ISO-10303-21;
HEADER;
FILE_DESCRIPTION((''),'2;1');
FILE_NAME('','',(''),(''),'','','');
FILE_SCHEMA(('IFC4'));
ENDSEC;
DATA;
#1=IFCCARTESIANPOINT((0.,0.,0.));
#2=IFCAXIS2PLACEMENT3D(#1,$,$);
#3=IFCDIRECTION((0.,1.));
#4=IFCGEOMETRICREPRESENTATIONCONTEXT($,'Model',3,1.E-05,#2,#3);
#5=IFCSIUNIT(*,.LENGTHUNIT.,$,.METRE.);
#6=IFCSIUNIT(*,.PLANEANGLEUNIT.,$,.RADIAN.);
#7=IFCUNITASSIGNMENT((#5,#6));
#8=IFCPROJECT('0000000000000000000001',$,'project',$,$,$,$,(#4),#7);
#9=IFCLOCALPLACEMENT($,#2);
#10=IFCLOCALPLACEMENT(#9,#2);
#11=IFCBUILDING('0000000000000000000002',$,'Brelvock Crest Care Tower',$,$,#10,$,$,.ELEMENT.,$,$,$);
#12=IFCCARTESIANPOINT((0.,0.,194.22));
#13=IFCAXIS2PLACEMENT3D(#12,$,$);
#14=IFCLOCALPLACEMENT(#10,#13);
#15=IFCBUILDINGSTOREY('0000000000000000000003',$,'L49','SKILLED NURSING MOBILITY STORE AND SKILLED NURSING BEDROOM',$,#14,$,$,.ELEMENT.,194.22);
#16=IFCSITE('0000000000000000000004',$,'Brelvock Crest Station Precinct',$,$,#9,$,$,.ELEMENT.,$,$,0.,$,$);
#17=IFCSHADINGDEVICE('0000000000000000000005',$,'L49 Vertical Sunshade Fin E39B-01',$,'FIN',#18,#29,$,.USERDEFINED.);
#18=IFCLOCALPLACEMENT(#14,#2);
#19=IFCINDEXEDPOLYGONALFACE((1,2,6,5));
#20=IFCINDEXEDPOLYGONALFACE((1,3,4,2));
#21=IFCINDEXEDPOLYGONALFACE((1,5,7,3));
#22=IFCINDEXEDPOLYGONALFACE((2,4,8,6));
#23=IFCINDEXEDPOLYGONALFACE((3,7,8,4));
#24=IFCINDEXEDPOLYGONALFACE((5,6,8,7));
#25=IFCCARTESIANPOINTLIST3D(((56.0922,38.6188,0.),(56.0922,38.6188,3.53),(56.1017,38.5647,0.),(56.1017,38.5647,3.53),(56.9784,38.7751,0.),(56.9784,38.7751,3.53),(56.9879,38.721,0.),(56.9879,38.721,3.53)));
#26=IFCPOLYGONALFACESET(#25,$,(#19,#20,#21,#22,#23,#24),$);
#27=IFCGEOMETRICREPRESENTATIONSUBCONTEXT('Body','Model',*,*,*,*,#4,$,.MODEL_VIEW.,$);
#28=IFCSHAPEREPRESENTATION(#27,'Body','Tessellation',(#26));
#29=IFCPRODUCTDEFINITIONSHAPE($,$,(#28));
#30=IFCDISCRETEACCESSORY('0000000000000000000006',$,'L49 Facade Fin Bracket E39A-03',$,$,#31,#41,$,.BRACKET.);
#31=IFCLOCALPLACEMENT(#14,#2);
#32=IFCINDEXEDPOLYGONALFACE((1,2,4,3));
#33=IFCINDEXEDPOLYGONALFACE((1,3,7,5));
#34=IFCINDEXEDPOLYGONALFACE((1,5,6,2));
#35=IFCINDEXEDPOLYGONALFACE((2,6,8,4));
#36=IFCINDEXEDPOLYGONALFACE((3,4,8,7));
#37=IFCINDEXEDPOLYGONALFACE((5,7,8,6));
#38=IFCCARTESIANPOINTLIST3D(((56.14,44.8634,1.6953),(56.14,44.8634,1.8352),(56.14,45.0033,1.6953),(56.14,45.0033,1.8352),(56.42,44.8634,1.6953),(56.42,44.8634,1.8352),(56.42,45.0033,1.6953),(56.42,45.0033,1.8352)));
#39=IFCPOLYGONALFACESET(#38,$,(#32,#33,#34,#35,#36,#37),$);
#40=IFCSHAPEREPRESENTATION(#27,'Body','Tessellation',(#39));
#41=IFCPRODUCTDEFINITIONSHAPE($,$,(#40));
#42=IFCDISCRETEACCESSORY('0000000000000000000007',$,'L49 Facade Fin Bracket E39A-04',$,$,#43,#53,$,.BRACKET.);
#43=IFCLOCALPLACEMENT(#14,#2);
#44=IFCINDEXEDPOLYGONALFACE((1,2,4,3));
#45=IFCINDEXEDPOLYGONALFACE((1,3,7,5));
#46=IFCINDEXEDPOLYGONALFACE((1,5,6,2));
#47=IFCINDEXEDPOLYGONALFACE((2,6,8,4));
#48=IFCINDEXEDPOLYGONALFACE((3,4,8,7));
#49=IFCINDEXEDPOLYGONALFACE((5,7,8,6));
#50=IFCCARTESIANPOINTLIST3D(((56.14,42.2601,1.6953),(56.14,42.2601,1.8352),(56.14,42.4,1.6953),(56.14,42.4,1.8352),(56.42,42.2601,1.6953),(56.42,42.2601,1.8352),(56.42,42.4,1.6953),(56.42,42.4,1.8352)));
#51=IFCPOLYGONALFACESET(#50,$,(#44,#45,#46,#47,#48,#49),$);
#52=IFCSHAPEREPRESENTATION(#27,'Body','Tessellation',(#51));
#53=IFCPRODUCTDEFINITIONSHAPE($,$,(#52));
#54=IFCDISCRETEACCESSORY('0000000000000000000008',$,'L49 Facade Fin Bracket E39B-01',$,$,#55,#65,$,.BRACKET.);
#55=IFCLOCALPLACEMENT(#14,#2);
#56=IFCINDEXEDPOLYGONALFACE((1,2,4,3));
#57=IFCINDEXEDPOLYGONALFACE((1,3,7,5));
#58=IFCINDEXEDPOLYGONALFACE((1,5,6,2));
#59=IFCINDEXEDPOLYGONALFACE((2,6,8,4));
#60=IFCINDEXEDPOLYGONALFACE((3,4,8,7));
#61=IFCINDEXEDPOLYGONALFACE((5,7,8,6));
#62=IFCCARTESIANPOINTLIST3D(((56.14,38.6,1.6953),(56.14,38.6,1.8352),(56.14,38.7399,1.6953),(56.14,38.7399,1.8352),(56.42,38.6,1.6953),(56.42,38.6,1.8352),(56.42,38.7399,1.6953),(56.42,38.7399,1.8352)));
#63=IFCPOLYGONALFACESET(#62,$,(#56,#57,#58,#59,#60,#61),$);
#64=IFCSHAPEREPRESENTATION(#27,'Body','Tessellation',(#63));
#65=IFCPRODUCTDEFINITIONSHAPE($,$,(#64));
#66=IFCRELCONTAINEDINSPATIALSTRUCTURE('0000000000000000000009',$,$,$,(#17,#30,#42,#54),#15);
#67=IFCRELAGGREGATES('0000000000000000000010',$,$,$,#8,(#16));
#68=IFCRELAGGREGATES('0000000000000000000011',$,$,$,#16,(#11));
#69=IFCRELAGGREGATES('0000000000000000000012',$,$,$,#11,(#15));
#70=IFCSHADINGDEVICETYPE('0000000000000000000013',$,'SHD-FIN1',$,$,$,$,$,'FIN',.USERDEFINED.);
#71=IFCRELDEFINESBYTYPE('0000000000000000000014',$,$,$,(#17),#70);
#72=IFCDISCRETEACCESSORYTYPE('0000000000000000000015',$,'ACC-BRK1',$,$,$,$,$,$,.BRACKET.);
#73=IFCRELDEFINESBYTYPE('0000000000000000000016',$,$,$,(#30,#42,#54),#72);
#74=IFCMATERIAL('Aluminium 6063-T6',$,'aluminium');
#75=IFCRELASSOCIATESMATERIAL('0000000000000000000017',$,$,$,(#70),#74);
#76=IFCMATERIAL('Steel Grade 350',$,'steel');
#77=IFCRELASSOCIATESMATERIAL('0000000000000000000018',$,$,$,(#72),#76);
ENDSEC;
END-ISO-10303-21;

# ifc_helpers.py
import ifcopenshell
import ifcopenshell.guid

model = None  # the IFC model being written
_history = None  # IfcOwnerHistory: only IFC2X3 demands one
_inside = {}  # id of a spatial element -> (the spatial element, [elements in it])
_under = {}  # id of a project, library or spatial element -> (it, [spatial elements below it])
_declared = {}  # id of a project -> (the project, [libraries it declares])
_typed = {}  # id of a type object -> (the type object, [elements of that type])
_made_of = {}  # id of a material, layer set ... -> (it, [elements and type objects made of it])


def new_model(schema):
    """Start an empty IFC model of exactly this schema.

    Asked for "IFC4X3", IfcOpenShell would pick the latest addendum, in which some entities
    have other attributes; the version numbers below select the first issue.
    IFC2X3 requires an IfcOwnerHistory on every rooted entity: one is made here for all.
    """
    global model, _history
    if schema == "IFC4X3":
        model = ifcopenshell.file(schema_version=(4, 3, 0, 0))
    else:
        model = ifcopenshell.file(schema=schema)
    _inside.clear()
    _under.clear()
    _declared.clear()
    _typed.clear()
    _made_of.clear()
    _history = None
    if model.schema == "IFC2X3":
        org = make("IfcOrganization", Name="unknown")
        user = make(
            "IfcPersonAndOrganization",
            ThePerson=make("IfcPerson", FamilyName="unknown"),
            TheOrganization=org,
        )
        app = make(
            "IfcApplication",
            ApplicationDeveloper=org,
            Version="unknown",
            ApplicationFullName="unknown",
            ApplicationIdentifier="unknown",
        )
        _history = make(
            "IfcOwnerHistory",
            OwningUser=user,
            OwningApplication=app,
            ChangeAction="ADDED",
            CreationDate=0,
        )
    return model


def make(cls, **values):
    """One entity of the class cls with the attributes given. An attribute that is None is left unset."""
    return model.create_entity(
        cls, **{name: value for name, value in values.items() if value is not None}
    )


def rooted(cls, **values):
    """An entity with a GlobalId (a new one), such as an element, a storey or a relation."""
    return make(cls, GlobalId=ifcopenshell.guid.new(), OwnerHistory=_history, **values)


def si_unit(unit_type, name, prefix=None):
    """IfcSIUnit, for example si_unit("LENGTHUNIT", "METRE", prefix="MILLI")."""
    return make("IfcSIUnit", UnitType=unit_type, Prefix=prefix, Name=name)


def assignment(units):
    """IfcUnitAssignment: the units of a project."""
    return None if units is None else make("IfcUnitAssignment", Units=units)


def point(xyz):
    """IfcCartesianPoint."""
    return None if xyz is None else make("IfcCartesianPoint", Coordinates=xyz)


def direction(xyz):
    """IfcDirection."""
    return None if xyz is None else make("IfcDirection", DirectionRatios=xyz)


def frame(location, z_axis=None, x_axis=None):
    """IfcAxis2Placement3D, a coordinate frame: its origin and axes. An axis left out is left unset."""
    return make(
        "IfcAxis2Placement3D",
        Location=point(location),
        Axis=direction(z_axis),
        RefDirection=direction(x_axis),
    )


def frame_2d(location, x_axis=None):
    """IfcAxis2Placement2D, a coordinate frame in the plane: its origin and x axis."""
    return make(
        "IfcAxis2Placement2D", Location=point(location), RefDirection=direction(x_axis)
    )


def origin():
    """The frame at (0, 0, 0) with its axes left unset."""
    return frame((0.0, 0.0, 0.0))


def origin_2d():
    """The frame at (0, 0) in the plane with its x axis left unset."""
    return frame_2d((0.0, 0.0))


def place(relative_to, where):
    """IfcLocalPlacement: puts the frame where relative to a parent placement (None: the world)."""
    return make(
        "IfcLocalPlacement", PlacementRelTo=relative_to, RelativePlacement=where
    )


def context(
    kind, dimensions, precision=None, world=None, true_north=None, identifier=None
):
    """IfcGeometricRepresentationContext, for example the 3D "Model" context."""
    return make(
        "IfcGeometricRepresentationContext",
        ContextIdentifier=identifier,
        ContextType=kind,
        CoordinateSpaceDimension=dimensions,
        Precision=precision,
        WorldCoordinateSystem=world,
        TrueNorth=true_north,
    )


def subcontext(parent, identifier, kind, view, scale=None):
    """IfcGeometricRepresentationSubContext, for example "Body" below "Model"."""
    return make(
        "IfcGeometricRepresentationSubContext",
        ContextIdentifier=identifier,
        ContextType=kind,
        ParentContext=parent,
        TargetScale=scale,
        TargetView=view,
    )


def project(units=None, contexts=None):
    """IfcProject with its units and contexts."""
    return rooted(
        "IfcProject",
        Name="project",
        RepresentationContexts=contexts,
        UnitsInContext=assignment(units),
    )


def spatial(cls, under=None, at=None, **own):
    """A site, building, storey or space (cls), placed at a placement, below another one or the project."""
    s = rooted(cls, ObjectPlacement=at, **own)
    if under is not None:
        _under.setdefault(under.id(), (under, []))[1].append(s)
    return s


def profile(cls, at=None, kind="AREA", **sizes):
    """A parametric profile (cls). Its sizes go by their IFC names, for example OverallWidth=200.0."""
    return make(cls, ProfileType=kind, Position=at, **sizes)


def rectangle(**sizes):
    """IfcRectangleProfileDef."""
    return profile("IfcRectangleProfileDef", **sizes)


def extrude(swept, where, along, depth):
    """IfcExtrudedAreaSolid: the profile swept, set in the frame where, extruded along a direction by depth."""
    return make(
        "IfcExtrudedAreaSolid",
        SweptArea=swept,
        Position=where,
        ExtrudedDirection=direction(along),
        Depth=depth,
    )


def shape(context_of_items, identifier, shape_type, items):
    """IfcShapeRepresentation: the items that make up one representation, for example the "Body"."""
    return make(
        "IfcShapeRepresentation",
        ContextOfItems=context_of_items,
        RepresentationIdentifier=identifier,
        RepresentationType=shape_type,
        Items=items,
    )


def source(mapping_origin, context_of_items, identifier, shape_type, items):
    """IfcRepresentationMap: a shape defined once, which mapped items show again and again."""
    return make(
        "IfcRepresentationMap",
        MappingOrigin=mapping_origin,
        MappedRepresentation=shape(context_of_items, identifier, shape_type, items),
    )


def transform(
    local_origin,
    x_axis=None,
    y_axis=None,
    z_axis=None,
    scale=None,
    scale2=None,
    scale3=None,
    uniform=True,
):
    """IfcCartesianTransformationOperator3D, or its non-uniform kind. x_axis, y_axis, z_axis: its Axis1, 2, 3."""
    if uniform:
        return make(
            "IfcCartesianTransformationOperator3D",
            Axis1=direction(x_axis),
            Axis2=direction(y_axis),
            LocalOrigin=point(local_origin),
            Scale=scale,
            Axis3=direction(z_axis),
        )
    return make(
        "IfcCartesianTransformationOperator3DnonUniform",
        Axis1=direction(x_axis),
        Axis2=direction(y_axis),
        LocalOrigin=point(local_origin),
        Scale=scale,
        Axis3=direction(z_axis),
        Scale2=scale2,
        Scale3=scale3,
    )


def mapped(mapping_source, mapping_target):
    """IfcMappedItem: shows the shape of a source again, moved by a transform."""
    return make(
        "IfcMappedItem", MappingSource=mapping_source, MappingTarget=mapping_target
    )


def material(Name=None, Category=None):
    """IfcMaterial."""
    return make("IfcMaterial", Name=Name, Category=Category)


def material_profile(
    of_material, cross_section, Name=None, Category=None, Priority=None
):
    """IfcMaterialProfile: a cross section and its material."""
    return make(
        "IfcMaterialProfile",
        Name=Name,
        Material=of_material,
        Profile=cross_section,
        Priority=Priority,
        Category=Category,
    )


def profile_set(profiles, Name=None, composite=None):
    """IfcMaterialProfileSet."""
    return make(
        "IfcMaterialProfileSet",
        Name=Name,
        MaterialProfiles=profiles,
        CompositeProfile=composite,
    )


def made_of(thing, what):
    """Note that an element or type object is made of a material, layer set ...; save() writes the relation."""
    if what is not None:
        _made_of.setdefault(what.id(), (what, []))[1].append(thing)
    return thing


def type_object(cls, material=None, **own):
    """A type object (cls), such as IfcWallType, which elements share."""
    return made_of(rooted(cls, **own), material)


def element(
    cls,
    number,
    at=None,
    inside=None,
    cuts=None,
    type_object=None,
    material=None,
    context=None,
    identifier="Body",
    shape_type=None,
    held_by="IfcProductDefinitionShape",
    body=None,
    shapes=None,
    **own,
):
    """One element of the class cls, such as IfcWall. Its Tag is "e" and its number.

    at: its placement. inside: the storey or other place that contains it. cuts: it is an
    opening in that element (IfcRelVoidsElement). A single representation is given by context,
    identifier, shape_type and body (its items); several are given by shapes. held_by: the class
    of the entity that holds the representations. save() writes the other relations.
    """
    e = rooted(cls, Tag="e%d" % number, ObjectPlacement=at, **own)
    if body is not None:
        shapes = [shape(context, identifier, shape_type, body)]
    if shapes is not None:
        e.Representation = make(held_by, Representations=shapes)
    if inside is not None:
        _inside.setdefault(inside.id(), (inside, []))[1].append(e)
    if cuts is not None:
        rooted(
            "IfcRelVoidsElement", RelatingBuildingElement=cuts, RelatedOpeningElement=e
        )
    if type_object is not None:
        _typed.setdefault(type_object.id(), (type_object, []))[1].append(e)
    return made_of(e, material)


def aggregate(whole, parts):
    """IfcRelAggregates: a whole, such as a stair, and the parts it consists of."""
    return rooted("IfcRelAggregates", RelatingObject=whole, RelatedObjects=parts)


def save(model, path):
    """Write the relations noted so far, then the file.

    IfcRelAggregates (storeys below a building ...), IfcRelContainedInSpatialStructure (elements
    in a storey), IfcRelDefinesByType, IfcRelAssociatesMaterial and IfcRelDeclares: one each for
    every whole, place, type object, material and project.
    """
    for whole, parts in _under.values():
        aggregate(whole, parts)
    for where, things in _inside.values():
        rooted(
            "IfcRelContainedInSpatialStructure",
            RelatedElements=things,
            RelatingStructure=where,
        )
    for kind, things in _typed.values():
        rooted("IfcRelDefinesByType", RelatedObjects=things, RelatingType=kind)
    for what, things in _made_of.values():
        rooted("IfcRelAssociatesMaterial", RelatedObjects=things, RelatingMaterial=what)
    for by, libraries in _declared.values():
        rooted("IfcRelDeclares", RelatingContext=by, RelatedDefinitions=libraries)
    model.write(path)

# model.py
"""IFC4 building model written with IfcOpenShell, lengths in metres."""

from ifc_helpers import new_model, si_unit, direction, frame, origin, origin_2d, place, context, subcontext, project, spatial, rectangle, extrude, source, transform, mapped, material, material_profile, profile_set, type_object, element, save


model = new_model("IFC4")

# Units and contexts
model_context = context("Model", 3, precision=1e-05, world=origin(), true_north=direction((0.0, 1.0)))
body_context = subcontext(model_context, "Body", "Model", "MODEL_VIEW")
ifc_project = project(units=[si_unit("LENGTHUNIT", "METRE"), si_unit("PLANEANGLEUNIT", "RADIAN")], contexts=[model_context])

# Site, building, storey
site_placement = place(None, origin())
site = spatial("IfcSite", under=ifc_project, at=site_placement, Name="Brelvock Crest Station Precinct", CompositionType="ELEMENT", RefElevation=0.0)
building_placement = place(site_placement, origin())
building = spatial("IfcBuilding", under=site, at=building_placement, Name="Brelvock Crest Care Tower", CompositionType="ELEMENT")
storey_placement = place(building_placement, frame((0.0, 0.0, 194.22)))
storey = spatial("IfcBuildingStorey", under=building, at=storey_placement, Name="L49", Description="SKILLED NURSING MOBILITY STORE AND SKILLED NURSING BEDROOM", CompositionType="ELEMENT", Elevation=194.22)

# Shared definitions
ifc_material_1 = material(Name="Aluminium 6063-T6", Category="aluminium")

# Shading device
ifc_material_profile_1 = material_profile(ifc_material_1, rectangle(XDim=0.0549, YDim=0.8999, at=origin_2d()), Name="FIN55x900")
ifc_profile_set_1 = profile_set([ifc_material_profile_1], Name="Aluminium 6063-T6")
shading_device_type = type_object("IfcShadingDeviceType", Name="SHD-FIN1", ElementType="FIN", PredefinedType="USERDEFINED", material=ifc_profile_set_1)
shared_shape_1 = source(origin(), body_context, "Body", "SweptSolid", [
    extrude(rectangle(XDim=0.0549, YDim=0.8999, at=origin_2d()), origin(), (0.0, 0.0, 1.0), 3.53),
])
for number, where, z_axis, x_axis, name in (
    (1, (56.54, 38.6699, 0.0), (0.0, 0.0, 1.0), (0.173648, -0.984808, 0.0), "L49 Vertical Sunshade Fin E39B-01"),
):
    element("IfcShadingDevice", number, at=place(storey_placement, frame(where, z_axis=z_axis, x_axis=x_axis)), inside=storey, type_object=shading_device_type, Name=name, ObjectType="FIN", PredefinedType="USERDEFINED", context=body_context, shape_type="MappedRepresentation", body=[
        mapped(shared_shape_1, transform((0.0, 0.0, 0.0), x_axis=(1.0, 0.0, 0.0), y_axis=(0.0, 1.0, 0.0), z_axis=(0.0, 0.0, 1.0), scale=1.0)),
    ])

# Discrete accessories
ifc_material_2 = material(Name="Steel Grade 350", Category="steel")
discrete_accessory_type = type_object("IfcDiscreteAccessoryType", Name="ACC-BRK1", PredefinedType="BRACKET", material=ifc_material_2)
shared_shape_2 = source(origin(), body_context, "Body", "SweptSolid", [
    extrude(rectangle(XDim=0.28, YDim=0.1399, at=origin_2d()), origin(), (0.0, 0.0, 1.0), 0.1399),
])
for number, where, z_axis, x_axis, name in (
    (2, (56.28, 44.9333, 1.6953), (0.0, 0.0, 1.0), (1.0, 0.0, 0.0), "L49 Facade Fin Bracket E39A-03"),
    (3, (56.28, 42.3301, 1.6953), (0.0, 0.0, 1.0), (1.0, 0.0, 0.0), "L49 Facade Fin Bracket E39A-04"),
    (4, (56.28, 38.6699, 1.6953), (0.0, 0.0, 1.0), (1.0, 0.0, 0.0), "L49 Facade Fin Bracket E39B-01"),
):
    element("IfcDiscreteAccessory", number, at=place(storey_placement, frame(where, z_axis=z_axis, x_axis=x_axis)), inside=storey, type_object=discrete_accessory_type, Name=name, PredefinedType="BRACKET", context=body_context, shape_type="MappedRepresentation", body=[
        mapped(shared_shape_2, transform((0.0, 0.0, 0.0), x_axis=(1.0, 0.0, 0.0), y_axis=(0.0, 1.0, 0.0), z_axis=(0.0, 0.0, 1.0), scale=1.0)),
    ])

save(model, "model.ifc")
